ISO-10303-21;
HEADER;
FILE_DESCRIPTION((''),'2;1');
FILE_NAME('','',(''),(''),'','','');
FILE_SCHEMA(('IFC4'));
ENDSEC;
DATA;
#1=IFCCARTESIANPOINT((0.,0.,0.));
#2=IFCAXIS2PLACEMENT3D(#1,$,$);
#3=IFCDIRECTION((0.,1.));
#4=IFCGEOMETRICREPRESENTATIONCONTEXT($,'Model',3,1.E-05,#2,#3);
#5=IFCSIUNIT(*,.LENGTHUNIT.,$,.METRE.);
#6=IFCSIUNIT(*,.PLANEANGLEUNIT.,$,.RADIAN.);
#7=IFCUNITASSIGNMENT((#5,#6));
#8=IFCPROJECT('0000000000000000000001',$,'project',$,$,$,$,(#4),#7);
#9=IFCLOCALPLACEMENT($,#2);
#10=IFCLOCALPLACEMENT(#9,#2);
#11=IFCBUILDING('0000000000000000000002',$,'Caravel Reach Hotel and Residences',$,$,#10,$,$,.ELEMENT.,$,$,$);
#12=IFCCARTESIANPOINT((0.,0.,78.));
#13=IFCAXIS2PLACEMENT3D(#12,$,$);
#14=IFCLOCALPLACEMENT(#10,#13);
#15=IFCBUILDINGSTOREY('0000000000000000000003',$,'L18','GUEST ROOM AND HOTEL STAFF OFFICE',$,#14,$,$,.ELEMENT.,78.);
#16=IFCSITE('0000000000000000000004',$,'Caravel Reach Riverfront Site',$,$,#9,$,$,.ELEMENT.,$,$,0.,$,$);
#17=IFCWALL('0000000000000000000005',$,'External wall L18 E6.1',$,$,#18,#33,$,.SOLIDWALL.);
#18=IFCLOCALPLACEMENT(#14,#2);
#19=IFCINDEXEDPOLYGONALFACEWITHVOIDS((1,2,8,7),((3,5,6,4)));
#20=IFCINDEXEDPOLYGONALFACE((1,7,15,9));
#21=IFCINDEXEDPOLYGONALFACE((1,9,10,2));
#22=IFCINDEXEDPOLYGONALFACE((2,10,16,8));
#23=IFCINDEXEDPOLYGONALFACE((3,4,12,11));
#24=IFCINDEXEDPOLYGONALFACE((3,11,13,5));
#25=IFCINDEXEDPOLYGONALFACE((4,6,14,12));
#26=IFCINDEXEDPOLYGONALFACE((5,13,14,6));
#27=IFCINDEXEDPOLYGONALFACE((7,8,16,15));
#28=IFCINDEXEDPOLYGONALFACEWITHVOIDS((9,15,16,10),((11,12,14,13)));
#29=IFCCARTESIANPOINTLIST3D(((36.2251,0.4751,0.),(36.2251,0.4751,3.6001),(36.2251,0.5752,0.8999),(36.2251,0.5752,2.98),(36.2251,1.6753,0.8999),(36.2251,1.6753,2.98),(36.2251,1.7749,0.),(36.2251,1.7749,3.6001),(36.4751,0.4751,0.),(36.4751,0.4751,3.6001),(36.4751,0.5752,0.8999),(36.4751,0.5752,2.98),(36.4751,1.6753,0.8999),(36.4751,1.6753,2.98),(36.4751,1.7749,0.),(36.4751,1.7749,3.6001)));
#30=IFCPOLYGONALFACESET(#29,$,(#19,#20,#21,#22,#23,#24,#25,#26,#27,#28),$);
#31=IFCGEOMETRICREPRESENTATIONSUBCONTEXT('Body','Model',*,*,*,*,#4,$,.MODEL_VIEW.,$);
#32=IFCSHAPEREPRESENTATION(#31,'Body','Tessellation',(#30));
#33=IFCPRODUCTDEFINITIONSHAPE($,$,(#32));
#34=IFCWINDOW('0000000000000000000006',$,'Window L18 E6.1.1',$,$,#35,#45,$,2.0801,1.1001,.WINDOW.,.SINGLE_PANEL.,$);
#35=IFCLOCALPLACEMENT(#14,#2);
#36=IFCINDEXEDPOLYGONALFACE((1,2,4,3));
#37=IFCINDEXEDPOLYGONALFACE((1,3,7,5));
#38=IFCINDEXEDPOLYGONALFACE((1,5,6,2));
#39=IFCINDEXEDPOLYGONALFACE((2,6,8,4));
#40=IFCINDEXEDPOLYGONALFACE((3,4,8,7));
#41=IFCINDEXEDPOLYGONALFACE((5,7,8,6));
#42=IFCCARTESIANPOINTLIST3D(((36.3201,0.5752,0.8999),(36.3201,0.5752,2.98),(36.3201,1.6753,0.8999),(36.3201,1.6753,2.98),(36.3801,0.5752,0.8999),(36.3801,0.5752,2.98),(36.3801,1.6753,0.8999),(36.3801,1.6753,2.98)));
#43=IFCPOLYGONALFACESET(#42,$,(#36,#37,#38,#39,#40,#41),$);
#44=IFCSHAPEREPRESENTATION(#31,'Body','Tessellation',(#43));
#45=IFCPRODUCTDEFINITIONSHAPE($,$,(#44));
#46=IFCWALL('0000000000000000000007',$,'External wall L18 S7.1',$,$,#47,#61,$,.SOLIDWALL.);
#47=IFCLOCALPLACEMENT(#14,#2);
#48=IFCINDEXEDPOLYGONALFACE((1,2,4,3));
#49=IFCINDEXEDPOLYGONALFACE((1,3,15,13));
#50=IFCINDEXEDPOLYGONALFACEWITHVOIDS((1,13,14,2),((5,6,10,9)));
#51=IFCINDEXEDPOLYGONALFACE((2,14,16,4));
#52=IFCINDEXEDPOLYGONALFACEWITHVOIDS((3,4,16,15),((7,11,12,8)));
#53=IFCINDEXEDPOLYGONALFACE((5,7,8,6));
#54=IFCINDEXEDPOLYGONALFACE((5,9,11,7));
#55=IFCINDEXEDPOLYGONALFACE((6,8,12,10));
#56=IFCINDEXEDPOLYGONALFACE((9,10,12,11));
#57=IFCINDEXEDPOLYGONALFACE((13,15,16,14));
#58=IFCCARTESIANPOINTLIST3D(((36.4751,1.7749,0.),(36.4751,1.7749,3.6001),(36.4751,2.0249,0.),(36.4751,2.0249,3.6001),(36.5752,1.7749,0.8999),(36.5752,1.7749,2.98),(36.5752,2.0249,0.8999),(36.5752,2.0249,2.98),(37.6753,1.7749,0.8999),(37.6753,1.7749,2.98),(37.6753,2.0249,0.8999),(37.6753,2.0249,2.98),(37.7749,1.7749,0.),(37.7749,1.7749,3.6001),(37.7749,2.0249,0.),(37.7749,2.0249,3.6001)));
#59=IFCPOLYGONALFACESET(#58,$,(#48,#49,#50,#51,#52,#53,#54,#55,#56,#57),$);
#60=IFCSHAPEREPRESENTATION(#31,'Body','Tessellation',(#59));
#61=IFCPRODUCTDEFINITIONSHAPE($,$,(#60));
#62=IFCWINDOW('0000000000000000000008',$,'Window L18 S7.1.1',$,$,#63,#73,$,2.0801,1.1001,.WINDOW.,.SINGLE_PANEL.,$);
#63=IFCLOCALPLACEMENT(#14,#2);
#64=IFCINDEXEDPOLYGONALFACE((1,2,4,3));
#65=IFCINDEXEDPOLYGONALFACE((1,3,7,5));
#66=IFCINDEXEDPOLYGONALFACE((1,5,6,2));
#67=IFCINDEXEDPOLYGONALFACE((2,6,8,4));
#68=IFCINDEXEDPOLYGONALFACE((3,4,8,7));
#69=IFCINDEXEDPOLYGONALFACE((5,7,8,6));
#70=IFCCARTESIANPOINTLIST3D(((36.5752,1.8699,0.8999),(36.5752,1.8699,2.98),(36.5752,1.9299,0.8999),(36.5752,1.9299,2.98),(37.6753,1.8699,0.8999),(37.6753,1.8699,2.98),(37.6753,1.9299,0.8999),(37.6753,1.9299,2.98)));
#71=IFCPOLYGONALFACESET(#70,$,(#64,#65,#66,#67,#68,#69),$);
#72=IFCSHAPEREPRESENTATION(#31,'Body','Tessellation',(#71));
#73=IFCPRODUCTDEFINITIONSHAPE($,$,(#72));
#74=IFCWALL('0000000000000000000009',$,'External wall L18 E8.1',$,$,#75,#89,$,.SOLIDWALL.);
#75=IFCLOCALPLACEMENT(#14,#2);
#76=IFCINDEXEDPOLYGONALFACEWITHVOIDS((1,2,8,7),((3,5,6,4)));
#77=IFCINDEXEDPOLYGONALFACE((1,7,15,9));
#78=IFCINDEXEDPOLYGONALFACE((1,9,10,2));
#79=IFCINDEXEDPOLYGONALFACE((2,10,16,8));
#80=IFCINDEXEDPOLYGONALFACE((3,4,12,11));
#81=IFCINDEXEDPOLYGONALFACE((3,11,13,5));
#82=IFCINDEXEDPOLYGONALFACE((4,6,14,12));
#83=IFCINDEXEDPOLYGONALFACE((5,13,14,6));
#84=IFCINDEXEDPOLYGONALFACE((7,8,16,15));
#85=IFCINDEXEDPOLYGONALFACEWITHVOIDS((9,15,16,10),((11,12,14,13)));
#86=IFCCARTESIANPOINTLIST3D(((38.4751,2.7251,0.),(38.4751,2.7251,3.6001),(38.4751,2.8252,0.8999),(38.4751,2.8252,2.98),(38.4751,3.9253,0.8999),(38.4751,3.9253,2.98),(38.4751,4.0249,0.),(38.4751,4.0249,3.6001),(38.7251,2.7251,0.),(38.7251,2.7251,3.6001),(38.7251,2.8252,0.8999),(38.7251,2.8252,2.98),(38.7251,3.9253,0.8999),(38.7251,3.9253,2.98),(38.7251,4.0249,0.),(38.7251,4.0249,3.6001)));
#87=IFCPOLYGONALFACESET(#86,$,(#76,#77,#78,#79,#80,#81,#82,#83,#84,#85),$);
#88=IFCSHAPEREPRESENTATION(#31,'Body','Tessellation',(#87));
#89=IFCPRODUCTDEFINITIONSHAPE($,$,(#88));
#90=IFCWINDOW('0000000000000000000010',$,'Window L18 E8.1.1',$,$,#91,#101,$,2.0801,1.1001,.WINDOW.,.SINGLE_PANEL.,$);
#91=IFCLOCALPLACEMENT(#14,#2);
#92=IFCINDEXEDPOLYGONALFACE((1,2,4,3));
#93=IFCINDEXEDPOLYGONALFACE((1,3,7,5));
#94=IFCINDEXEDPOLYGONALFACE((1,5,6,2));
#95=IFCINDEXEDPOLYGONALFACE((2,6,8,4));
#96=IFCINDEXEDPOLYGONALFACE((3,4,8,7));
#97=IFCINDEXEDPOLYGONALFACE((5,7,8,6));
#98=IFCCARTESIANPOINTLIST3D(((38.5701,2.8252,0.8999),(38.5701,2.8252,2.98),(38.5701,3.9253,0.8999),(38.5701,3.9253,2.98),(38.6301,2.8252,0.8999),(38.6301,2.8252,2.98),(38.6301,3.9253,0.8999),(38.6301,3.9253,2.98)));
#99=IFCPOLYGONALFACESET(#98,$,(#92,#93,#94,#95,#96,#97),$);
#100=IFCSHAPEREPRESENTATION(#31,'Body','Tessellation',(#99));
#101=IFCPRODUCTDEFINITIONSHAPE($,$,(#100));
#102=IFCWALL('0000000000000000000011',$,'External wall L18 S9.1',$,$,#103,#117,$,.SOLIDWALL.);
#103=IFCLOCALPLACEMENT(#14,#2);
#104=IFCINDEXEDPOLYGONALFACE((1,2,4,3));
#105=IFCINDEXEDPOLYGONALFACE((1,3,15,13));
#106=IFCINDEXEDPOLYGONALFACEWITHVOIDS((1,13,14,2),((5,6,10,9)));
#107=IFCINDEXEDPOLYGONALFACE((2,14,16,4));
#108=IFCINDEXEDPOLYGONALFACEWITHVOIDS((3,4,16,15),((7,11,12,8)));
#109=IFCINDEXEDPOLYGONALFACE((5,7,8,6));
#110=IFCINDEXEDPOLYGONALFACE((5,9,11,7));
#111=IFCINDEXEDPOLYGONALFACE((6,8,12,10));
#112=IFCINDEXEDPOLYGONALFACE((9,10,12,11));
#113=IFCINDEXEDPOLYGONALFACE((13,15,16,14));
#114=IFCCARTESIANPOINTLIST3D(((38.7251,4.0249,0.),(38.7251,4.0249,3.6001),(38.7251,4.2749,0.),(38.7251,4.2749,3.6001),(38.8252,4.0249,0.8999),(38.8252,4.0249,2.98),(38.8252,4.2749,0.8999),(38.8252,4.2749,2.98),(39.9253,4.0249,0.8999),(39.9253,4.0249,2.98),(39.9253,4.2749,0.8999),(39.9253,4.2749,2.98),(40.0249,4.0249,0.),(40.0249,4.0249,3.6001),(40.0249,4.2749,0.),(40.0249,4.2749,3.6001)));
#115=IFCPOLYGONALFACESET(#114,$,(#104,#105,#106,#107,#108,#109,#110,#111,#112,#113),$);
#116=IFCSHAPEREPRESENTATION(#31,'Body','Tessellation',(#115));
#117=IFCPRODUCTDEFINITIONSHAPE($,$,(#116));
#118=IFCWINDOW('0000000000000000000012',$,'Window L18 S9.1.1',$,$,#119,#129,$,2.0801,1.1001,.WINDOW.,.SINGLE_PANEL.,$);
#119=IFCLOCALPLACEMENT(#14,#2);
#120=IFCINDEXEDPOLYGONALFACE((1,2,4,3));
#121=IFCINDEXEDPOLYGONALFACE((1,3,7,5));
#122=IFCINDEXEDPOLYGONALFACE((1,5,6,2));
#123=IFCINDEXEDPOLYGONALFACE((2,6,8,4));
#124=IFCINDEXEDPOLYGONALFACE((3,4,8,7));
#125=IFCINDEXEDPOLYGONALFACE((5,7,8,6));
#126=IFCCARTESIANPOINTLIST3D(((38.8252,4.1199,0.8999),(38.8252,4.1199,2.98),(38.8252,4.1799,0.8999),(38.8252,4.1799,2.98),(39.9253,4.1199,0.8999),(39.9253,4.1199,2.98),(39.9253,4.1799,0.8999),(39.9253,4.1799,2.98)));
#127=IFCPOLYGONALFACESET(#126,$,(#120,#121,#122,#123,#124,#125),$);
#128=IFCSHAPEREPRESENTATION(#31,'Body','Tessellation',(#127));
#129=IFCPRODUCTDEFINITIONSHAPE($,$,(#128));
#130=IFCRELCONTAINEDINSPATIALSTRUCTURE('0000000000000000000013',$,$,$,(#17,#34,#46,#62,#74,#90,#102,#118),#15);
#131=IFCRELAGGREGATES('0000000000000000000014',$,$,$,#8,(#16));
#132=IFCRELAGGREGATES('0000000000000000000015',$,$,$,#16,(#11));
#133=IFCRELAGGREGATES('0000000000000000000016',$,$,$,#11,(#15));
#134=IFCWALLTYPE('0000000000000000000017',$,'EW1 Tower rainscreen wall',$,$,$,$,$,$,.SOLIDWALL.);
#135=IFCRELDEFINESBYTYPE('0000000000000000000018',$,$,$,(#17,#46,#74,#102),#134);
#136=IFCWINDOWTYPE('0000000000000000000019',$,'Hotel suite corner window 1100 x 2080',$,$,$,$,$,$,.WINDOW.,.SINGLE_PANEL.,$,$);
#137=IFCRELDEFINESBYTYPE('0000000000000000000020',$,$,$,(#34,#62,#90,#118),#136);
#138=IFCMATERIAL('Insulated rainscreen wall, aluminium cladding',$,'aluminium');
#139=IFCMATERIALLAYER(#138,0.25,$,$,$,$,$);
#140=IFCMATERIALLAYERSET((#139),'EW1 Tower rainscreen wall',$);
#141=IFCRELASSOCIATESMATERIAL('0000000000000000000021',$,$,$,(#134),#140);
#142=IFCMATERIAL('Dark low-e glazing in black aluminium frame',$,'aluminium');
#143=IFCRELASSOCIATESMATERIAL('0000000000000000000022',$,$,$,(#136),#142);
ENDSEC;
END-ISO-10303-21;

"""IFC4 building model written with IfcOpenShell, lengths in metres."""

from ifc_helpers import new_model, si_unit, direction, frame, frame_2d, origin, place, context, subcontext, project, spatial, rectangle, extrude, material, layer, layer_set, type_object, element, fill, save


model = new_model("IFC4")

# Units and contexts
model_context = context("Model", 3, precision=1e-05, world=origin(), true_north=direction((0.0, 1.0)))
body_context = subcontext(model_context, "Body", "Model", "MODEL_VIEW")
ifc_project = project(units=[si_unit("LENGTHUNIT", "METRE"), si_unit("PLANEANGLEUNIT", "RADIAN")], contexts=[model_context])

# Site, building, storey
site_placement = place(None, origin())
site = spatial("IfcSite", under=ifc_project, at=site_placement, Name="Caravel Reach Riverfront Site", CompositionType="ELEMENT", RefElevation=0.0)
building_placement = place(site_placement, origin())
building = spatial("IfcBuilding", under=site, at=building_placement, Name="Caravel Reach Hotel and Residences", CompositionType="ELEMENT")
storey_placement = place(building_placement, frame((0.0, 0.0, 78.0)))
storey = spatial("IfcBuildingStorey", under=building, at=storey_placement, Name="L18", Description="GUEST ROOM AND HOTEL STAFF OFFICE", CompositionType="ELEMENT", Elevation=78.0)

# Walls, openings, windows
ifc_material_1 = material(Name="Insulated rainscreen wall, aluminium cladding", Category="aluminium")
ifc_layer = layer(ifc_material_1, 0.25)
ifc_layer_set = layer_set([ifc_layer], Name="EW1 Tower rainscreen wall")
wall_type = type_object("IfcWallType", Name="EW1 Tower rainscreen wall", PredefinedType="SOLIDWALL", material=ifc_layer_set)
wall_1_placement = place(storey_placement, frame((36.3501, 0.4751, 0.0), z_axis=(0.0, 0.0, 1.0), x_axis=(0.0, 1.0, 0.0)))
wall_1 = element("IfcWall", 1, at=wall_1_placement, inside=storey, type_object=wall_type, Name="External wall L18 E6.1", PredefinedType="SOLIDWALL", context=body_context, shape_type="SweptSolid", body=[
    extrude(rectangle(XDim=1.2998, YDim=0.25, at=frame_2d((0.6499, 0.0))), origin(), (0.0, 0.0, 1.0), 3.6001),
])
opening_1_placement = place(wall_1_placement, frame((0.1001, 0.0, 0.8999)))
opening_1 = element("IfcOpeningElement", 2, at=opening_1_placement, cuts=wall_1, PredefinedType="OPENING", context=body_context, shape_type="SweptSolid", body=[
    extrude(rectangle(XDim=1.1001, YDim=2.0801, at=frame_2d((0.55, 1.04))), frame((0.0, 0.135, 0.0), z_axis=(0.0, -1.0, 0.0), x_axis=(1.0, 0.0, 0.0)), (0.0, 0.0, 1.0), 0.27),
])
ifc_material_2 = material(Name="Dark low-e glazing in black aluminium frame", Category="aluminium")
window_type = type_object("IfcWindowType", Name="Hotel suite corner window 1100 x 2080", PartitioningType="SINGLE_PANEL", PredefinedType="WINDOW", material=ifc_material_2)
window_1_placement = place(opening_1_placement, origin())
window_1 = element("IfcWindow", 3, at=window_1_placement, inside=storey, type_object=window_type, Name="Window L18 E6.1.1", OverallHeight=2.0801, OverallWidth=1.1001, PartitioningType="SINGLE_PANEL", PredefinedType="WINDOW", context=body_context, shape_type="SweptSolid", body=[
    extrude(rectangle(XDim=1.1001, YDim=2.0801, at=frame_2d((0.55, 1.04))), frame((0.0, 0.03, 0.0), z_axis=(0.0, -1.0, 0.0), x_axis=(1.0, 0.0, 0.0)), (0.0, 0.0, 1.0), 0.0601),
])
fill(opening_1, window_1)
wall_2_placement = place(storey_placement, frame((36.4751, 1.8999, 0.0), z_axis=(0.0, 0.0, 1.0), x_axis=(1.0, 0.0, 0.0)))
wall_2 = element("IfcWall", 4, at=wall_2_placement, inside=storey, type_object=wall_type, Name="External wall L18 S7.1", PredefinedType="SOLIDWALL", context=body_context, shape_type="SweptSolid", body=[
    extrude(rectangle(XDim=1.2998, YDim=0.25, at=frame_2d((0.6499, 0.0))), origin(), (0.0, 0.0, 1.0), 3.6001),
])
opening_2_placement = place(wall_2_placement, frame((0.1001, 0.0, 0.8999)))
opening_2 = element("IfcOpeningElement", 5, at=opening_2_placement, cuts=wall_2, PredefinedType="OPENING", context=body_context, shape_type="SweptSolid", body=[
    extrude(rectangle(XDim=1.1001, YDim=2.0801, at=frame_2d((0.55, 1.04))), frame((0.0, 0.135, 0.0), z_axis=(0.0, -1.0, 0.0), x_axis=(1.0, 0.0, 0.0)), (0.0, 0.0, 1.0), 0.27),
])
window_2_placement = place(opening_2_placement, origin())
window_2 = element("IfcWindow", 6, at=window_2_placement, inside=storey, type_object=window_type, Name="Window L18 S7.1.1", OverallHeight=2.0801, OverallWidth=1.1001, PartitioningType="SINGLE_PANEL", PredefinedType="WINDOW", context=body_context, shape_type="SweptSolid", body=[
    extrude(rectangle(XDim=1.1001, YDim=2.0801, at=frame_2d((0.55, 1.04))), frame((0.0, 0.03, 0.0), z_axis=(0.0, -1.0, 0.0), x_axis=(1.0, 0.0, 0.0)), (0.0, 0.0, 1.0), 0.0601),
])
fill(opening_2, window_2)
wall_3_placement = place(storey_placement, frame((38.6001, 2.7251, 0.0), z_axis=(0.0, 0.0, 1.0), x_axis=(0.0, 1.0, 0.0)))
wall_3 = element("IfcWall", 7, at=wall_3_placement, inside=storey, type_object=wall_type, Name="External wall L18 E8.1", PredefinedType="SOLIDWALL", context=body_context, shape_type="SweptSolid", body=[
    extrude(rectangle(XDim=1.2998, YDim=0.25, at=frame_2d((0.6499, 0.0))), origin(), (0.0, 0.0, 1.0), 3.6001),
])
opening_3_placement = place(wall_3_placement, frame((0.1001, 0.0, 0.8999)))
opening_3 = element("IfcOpeningElement", 8, at=opening_3_placement, cuts=wall_3, PredefinedType="OPENING", context=body_context, shape_type="SweptSolid", body=[
    extrude(rectangle(XDim=1.1001, YDim=2.0801, at=frame_2d((0.55, 1.04))), frame((0.0, 0.135, 0.0), z_axis=(0.0, -1.0, 0.0), x_axis=(1.0, 0.0, 0.0)), (0.0, 0.0, 1.0), 0.27),
])
window_3_placement = place(opening_3_placement, origin())
window_3 = element("IfcWindow", 9, at=window_3_placement, inside=storey, type_object=window_type, Name="Window L18 E8.1.1", OverallHeight=2.0801, OverallWidth=1.1001, PartitioningType="SINGLE_PANEL", PredefinedType="WINDOW", context=body_context, shape_type="SweptSolid", body=[
    extrude(rectangle(XDim=1.1001, YDim=2.0801, at=frame_2d((0.55, 1.04))), frame((0.0, 0.03, 0.0), z_axis=(0.0, -1.0, 0.0), x_axis=(1.0, 0.0, 0.0)), (0.0, 0.0, 1.0), 0.0601),
])
fill(opening_3, window_3)
wall_4_placement = place(storey_placement, frame((38.7251, 4.1499, 0.0), z_axis=(0.0, 0.0, 1.0), x_axis=(1.0, 0.0, 0.0)))
wall_4 = element("IfcWall", 10, at=wall_4_placement, inside=storey, type_object=wall_type, Name="External wall L18 S9.1", PredefinedType="SOLIDWALL", context=body_context, shape_type="SweptSolid", body=[
    extrude(rectangle(XDim=1.2998, YDim=0.25, at=frame_2d((0.6499, 0.0))), origin(), (0.0, 0.0, 1.0), 3.6001),
])
opening_4_placement = place(wall_4_placement, frame((0.1001, 0.0, 0.8999)))
opening_4 = element("IfcOpeningElement", 11, at=opening_4_placement, cuts=wall_4, PredefinedType="OPENING", context=body_context, shape_type="SweptSolid", body=[
    extrude(rectangle(XDim=1.1001, YDim=2.0801, at=frame_2d((0.55, 1.04))), frame((0.0, 0.135, 0.0), z_axis=(0.0, -1.0, 0.0), x_axis=(1.0, 0.0, 0.0)), (0.0, 0.0, 1.0), 0.27),
])
window_4_placement = place(opening_4_placement, origin())
window_4 = element("IfcWindow", 12, at=window_4_placement, inside=storey, type_object=window_type, Name="Window L18 S9.1.1", OverallHeight=2.0801, OverallWidth=1.1001, PartitioningType="SINGLE_PANEL", PredefinedType="WINDOW", context=body_context, shape_type="SweptSolid", body=[
    extrude(rectangle(XDim=1.1001, YDim=2.0801, at=frame_2d((0.55, 1.04))), frame((0.0, 0.03, 0.0), z_axis=(0.0, -1.0, 0.0), x_axis=(1.0, 0.0, 0.0)), (0.0, 0.0, 1.0), 0.0601),
])
fill(opening_4, window_4)

save(model, "model.ifc")
